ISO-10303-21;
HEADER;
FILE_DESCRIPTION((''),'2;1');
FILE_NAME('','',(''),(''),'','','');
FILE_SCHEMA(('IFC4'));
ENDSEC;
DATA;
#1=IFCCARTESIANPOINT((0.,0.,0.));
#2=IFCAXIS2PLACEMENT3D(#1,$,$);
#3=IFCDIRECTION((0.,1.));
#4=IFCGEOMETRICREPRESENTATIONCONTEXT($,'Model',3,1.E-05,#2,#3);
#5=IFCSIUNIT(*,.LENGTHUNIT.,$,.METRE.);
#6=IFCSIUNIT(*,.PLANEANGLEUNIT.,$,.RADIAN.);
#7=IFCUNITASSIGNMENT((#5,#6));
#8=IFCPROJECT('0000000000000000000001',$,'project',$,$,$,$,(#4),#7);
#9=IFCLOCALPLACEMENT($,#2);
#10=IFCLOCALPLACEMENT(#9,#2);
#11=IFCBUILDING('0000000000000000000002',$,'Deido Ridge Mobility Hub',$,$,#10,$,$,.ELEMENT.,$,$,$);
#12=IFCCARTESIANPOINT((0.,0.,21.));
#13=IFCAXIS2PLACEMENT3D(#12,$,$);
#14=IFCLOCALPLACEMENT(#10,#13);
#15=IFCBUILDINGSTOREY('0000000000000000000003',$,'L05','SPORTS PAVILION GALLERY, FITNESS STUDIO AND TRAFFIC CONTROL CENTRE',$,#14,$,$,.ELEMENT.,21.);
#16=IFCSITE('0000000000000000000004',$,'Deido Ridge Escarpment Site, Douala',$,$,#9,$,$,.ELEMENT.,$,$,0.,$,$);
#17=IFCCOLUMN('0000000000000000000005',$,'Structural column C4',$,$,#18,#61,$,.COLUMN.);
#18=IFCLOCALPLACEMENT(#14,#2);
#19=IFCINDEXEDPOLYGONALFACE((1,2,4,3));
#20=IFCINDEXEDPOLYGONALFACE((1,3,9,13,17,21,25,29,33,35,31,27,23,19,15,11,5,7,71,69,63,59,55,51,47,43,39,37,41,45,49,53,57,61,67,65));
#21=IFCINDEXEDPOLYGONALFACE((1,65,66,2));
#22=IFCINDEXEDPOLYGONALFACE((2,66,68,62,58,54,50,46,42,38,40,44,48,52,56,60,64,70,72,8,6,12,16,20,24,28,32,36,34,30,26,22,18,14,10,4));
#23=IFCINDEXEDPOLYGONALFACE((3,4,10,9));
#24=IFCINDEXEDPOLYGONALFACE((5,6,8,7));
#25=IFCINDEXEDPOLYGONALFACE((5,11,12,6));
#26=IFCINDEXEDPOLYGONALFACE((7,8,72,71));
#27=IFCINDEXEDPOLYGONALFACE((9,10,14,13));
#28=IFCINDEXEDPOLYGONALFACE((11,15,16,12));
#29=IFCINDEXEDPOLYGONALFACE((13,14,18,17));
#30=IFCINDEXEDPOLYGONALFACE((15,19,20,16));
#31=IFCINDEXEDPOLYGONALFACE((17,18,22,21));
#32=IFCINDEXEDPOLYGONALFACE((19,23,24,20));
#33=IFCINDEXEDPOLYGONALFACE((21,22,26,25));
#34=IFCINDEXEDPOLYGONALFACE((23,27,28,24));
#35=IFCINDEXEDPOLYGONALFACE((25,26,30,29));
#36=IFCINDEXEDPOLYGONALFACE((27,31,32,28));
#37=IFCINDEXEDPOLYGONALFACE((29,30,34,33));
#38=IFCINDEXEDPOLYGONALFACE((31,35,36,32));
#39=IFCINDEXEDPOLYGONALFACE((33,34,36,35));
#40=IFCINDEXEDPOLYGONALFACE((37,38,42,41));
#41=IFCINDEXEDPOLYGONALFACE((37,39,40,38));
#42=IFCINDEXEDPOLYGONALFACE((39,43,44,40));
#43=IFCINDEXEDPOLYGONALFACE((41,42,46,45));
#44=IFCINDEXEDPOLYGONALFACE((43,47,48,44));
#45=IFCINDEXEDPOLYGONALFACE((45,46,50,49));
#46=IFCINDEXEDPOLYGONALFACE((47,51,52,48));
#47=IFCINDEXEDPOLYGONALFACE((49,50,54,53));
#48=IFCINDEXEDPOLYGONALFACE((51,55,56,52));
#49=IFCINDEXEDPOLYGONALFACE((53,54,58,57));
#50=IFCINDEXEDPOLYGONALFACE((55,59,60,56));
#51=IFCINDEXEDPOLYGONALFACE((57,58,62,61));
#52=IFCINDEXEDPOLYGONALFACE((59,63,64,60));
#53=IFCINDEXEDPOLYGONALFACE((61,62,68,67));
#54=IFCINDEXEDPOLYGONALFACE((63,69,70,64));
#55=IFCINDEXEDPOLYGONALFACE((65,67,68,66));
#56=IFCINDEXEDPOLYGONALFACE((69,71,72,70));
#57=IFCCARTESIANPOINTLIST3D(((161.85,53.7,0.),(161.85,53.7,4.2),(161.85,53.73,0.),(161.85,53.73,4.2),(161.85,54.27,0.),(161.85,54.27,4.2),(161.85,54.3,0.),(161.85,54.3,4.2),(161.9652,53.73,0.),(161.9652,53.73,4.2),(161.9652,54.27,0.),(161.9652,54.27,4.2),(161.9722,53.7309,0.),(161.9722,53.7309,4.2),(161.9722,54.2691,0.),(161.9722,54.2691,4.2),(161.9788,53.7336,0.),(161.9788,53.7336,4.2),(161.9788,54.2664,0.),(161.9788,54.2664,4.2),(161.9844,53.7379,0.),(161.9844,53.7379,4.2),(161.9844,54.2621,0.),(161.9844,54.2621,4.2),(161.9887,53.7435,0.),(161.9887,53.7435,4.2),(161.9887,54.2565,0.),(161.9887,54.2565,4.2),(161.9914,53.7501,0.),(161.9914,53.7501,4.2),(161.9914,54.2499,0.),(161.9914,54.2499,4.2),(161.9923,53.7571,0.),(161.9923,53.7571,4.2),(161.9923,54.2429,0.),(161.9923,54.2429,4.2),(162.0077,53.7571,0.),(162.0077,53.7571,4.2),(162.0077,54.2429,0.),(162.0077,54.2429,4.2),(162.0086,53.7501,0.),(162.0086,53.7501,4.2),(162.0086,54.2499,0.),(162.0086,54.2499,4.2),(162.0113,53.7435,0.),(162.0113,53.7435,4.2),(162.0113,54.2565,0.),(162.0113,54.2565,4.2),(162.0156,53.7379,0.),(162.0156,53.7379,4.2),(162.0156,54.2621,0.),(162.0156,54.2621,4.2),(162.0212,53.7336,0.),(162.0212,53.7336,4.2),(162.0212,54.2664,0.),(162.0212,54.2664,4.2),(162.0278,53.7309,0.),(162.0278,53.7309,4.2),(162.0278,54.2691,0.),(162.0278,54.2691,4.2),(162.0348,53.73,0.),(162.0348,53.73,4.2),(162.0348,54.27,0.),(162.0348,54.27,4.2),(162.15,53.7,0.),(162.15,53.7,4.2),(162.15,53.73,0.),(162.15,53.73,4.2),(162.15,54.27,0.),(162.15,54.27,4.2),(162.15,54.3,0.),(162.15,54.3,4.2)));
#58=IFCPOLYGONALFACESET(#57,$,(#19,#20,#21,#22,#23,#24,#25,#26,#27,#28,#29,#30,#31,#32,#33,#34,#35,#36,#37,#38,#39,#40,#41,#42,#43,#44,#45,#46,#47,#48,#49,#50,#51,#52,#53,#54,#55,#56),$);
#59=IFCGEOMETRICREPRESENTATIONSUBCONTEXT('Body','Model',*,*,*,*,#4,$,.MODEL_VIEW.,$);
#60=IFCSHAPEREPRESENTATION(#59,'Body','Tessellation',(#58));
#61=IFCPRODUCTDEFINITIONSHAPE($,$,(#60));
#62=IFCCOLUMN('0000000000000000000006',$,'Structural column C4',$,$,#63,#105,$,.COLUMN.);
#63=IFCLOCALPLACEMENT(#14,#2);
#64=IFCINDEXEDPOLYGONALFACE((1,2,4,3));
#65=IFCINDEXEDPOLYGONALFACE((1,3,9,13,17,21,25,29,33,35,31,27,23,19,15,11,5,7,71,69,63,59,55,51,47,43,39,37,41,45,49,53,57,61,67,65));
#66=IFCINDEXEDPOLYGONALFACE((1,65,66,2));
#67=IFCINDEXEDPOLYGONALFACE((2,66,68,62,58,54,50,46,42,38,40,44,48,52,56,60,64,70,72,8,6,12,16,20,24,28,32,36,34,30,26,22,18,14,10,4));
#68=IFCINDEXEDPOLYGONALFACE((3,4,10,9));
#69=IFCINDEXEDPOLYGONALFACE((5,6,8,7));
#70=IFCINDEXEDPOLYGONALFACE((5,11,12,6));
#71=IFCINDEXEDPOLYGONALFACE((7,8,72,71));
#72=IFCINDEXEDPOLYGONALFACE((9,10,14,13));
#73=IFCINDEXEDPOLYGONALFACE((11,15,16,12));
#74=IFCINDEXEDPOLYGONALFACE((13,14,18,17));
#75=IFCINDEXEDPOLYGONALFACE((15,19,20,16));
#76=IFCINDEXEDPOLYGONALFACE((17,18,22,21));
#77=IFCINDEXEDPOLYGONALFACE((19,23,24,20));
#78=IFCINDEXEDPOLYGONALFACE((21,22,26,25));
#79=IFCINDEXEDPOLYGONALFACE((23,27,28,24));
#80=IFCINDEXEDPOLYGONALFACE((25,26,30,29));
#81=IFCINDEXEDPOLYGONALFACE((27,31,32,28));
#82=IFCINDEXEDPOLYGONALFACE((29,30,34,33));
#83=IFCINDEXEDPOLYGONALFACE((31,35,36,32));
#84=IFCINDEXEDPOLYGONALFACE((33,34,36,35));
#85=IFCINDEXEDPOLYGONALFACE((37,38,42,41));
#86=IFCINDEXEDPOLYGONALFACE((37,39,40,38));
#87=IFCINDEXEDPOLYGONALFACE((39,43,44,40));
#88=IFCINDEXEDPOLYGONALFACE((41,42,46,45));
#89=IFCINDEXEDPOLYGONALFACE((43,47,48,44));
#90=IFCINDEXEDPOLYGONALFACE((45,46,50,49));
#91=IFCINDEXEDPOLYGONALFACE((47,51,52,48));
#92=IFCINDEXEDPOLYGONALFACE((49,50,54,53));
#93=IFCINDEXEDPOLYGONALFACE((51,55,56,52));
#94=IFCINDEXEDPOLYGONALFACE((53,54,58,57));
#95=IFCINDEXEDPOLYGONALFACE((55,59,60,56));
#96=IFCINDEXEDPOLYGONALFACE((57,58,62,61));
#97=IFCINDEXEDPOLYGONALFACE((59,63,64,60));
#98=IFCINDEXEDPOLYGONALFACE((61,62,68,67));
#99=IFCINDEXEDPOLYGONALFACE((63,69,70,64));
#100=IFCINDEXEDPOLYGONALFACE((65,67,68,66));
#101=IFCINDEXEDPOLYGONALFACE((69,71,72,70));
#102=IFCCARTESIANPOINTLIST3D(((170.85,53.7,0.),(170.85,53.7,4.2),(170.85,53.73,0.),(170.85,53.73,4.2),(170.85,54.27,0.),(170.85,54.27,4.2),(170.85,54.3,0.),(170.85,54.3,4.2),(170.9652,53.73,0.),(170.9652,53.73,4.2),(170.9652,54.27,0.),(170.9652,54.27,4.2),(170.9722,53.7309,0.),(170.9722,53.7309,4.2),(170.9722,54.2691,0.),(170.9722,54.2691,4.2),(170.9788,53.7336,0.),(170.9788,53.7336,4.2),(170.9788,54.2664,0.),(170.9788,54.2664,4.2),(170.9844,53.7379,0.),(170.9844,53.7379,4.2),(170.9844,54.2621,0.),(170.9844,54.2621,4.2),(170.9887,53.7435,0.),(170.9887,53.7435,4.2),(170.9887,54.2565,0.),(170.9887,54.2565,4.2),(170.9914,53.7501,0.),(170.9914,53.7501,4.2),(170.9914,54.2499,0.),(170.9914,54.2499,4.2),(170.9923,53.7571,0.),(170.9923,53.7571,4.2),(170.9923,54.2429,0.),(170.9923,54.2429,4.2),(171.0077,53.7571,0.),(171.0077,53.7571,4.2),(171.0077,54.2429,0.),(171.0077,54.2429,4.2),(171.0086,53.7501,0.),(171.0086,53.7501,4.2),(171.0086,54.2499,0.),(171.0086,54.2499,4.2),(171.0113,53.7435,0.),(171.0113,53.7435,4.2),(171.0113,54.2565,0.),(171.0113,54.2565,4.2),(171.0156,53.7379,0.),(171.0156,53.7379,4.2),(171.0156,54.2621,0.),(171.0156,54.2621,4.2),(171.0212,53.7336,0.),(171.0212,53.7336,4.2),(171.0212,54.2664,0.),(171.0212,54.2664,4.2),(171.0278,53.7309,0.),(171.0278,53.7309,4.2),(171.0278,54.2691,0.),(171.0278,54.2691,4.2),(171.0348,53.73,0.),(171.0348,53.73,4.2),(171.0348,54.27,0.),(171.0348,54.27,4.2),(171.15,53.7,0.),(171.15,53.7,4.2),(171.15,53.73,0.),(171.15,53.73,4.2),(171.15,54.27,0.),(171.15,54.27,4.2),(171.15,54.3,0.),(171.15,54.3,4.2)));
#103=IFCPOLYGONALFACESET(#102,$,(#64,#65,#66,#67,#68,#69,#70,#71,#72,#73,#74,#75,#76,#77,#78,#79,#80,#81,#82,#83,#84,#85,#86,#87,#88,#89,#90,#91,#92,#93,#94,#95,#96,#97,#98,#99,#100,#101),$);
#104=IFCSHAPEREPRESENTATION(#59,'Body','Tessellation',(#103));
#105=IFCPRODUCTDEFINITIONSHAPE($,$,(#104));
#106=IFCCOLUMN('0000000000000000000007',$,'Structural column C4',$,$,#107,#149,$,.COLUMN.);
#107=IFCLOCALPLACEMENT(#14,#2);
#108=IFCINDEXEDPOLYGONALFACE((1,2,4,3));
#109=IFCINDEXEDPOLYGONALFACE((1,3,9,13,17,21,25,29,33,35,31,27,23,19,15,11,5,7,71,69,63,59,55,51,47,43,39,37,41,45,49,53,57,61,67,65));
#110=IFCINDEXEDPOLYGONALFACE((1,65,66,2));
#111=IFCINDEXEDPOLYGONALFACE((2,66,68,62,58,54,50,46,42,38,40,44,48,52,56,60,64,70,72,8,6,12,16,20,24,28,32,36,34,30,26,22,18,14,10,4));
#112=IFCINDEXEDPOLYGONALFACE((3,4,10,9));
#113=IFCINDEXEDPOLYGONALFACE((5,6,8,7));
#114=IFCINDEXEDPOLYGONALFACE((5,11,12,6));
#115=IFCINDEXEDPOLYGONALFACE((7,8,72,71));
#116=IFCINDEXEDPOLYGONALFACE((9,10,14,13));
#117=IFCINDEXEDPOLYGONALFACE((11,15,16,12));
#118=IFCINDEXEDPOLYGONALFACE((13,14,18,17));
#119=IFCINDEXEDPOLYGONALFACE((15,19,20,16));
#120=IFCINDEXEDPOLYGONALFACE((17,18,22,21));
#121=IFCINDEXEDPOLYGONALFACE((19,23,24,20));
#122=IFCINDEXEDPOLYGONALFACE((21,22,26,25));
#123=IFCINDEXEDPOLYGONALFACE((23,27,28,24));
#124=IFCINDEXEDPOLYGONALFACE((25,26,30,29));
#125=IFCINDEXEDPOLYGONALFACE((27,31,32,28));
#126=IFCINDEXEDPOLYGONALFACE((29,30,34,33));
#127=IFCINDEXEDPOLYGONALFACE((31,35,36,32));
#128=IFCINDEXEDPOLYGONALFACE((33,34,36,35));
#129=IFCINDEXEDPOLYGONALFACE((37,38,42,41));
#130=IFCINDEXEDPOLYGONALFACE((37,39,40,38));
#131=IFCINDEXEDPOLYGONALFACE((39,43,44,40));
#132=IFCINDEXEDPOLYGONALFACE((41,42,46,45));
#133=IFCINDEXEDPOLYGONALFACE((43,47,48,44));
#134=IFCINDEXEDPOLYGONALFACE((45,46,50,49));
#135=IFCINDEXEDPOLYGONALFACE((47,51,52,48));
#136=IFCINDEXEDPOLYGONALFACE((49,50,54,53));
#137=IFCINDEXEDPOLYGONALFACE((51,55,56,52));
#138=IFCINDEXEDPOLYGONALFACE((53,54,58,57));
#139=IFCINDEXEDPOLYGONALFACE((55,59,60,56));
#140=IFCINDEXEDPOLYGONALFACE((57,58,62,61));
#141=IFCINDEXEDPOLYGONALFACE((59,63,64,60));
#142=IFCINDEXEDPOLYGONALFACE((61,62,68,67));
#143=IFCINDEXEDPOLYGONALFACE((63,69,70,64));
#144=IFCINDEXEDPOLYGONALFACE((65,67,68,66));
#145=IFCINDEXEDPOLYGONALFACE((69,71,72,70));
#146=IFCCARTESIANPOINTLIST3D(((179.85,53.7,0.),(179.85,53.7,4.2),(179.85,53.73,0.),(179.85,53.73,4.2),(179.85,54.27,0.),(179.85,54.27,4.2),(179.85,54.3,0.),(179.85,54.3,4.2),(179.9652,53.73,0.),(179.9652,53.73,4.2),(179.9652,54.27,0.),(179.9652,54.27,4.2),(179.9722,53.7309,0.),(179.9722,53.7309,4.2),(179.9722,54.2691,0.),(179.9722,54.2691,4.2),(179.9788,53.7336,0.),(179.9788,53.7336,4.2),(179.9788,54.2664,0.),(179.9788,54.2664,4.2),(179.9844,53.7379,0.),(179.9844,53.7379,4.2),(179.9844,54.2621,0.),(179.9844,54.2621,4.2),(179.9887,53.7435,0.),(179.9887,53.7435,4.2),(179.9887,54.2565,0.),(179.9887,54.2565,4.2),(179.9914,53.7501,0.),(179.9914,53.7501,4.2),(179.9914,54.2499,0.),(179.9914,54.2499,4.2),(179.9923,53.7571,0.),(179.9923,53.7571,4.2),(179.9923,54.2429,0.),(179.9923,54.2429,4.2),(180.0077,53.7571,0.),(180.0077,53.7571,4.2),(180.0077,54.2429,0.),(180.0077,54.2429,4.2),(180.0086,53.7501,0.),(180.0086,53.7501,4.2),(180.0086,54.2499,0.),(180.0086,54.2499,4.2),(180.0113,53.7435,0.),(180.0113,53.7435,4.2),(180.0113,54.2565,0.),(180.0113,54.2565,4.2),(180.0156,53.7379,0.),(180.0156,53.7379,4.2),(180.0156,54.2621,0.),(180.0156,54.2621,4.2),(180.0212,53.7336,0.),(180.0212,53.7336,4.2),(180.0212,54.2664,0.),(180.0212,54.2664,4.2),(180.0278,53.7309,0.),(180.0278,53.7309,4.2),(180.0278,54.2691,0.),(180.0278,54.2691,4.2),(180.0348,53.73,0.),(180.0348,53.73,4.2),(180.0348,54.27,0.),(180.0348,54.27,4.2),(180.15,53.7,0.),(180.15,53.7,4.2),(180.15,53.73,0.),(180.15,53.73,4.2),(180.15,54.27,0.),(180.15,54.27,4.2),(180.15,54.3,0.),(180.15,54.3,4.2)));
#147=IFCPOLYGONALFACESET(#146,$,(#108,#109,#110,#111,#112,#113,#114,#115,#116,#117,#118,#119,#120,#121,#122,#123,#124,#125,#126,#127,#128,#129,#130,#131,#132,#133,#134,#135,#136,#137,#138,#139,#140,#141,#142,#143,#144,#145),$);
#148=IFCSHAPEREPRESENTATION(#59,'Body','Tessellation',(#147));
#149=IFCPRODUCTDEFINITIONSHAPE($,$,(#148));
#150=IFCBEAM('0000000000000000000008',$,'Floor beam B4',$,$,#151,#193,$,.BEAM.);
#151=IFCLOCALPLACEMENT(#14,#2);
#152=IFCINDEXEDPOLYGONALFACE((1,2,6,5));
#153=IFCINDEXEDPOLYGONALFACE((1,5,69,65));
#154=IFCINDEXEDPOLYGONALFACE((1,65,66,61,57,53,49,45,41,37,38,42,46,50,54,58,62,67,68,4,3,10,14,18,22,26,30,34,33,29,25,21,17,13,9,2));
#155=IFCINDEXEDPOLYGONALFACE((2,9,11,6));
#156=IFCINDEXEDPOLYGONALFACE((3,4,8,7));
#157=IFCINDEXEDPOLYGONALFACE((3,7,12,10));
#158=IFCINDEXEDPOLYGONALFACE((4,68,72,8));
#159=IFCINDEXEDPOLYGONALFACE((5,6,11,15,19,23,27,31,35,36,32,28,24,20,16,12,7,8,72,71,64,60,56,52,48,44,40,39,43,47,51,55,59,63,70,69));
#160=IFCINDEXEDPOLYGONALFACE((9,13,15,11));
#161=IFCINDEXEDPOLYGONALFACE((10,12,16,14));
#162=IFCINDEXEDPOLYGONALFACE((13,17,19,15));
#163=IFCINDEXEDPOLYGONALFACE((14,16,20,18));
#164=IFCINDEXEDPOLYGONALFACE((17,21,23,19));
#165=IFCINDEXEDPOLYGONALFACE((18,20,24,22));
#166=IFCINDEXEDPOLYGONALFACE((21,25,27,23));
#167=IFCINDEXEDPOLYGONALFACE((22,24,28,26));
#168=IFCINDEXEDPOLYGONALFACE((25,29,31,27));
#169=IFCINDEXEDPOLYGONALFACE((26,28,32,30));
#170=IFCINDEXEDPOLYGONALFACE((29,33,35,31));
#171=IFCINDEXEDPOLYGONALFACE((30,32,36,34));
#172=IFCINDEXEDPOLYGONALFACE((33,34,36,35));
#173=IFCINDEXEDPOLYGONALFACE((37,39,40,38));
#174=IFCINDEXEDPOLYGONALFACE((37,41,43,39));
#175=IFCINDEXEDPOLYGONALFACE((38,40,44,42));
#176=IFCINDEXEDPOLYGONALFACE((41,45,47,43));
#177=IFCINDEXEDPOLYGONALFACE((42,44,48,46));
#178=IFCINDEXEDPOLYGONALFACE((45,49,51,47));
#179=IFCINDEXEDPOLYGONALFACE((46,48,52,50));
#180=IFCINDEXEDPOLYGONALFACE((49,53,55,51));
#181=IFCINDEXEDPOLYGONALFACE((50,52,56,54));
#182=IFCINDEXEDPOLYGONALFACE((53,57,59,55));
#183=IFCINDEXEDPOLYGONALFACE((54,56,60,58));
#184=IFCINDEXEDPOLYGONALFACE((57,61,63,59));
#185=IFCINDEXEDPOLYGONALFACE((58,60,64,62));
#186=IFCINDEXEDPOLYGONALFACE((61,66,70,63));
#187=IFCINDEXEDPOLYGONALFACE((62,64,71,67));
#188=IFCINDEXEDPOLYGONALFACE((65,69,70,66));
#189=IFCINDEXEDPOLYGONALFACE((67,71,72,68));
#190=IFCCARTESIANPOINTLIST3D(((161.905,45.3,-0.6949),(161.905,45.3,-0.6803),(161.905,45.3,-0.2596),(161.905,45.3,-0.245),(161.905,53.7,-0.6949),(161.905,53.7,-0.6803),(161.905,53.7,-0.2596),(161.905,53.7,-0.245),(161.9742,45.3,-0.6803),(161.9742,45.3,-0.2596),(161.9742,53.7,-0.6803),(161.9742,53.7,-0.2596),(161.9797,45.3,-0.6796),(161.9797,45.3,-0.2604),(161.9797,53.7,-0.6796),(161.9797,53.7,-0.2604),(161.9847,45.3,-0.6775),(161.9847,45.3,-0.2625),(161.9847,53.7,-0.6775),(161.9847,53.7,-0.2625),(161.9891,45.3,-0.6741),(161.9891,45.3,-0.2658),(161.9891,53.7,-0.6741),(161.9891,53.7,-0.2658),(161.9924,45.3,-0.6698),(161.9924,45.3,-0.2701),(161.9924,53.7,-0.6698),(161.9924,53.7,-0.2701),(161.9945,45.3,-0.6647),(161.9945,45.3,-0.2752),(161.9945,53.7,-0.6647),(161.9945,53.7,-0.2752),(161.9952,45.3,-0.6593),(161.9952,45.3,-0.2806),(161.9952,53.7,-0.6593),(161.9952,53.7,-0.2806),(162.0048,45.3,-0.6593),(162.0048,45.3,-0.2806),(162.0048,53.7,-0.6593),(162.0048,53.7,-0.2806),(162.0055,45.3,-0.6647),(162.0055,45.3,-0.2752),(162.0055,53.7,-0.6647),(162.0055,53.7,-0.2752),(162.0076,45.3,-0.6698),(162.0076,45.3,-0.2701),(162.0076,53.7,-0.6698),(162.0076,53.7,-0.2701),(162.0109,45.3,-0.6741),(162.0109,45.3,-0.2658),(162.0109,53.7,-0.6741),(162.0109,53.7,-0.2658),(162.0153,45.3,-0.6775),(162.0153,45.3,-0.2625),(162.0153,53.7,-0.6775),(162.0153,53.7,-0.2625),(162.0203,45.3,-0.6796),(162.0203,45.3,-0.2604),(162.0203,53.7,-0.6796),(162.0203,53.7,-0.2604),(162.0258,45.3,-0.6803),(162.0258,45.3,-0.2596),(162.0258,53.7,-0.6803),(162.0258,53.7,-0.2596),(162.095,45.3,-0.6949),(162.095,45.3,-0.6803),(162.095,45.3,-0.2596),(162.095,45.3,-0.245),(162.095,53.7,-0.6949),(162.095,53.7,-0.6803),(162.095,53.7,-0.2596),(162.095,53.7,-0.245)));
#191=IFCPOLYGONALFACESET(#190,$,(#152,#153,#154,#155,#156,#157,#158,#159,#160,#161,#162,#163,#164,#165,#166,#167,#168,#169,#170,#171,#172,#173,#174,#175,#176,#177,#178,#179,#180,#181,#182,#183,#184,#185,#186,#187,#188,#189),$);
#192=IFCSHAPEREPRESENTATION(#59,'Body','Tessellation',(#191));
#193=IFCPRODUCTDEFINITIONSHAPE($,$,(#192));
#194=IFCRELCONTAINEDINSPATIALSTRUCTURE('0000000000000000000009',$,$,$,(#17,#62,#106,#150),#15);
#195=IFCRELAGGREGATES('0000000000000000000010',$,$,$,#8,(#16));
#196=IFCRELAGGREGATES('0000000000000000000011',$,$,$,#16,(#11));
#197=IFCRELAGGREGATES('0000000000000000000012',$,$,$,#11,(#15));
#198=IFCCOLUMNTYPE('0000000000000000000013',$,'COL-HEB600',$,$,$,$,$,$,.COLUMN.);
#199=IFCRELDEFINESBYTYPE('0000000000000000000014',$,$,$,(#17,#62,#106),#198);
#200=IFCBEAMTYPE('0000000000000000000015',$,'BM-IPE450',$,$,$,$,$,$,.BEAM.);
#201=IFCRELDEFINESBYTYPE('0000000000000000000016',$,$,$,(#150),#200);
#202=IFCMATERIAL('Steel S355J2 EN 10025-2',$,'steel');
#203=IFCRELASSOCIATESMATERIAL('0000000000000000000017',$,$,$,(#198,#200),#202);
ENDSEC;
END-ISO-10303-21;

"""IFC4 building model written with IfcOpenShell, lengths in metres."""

from ifc_helpers import new_model, si_unit, direction, frame, origin, origin_2d, place, context, subcontext, project, spatial, i_section, extrude, material, material_profile, profile_set, type_object, element, save


model = new_model("IFC4")

# Units and contexts
model_context = context("Model", 3, precision=1e-05, world=origin(), true_north=direction((0.0, 1.0)))
body_context = subcontext(model_context, "Body", "Model", "MODEL_VIEW")
ifc_project = project(units=[si_unit("LENGTHUNIT", "METRE"), si_unit("PLANEANGLEUNIT", "RADIAN")], contexts=[model_context])

# Site, building, storey
site_placement = place(None, origin())
site = spatial("IfcSite", under=ifc_project, at=site_placement, Name="Deido Ridge Escarpment Site, Douala", CompositionType="ELEMENT", RefElevation=0.0)
building_placement = place(site_placement, origin())
building = spatial("IfcBuilding", under=site, at=building_placement, Name="Deido Ridge Mobility Hub", CompositionType="ELEMENT")
storey_placement = place(building_placement, frame((0.0, 0.0, 21.0)))
storey = spatial("IfcBuildingStorey", under=building, at=storey_placement, Name="L05", Description="SPORTS PAVILION GALLERY, FITNESS STUDIO AND TRAFFIC CONTROL CENTRE", CompositionType="ELEMENT", Elevation=21.0)

# Columns
ifc_material_1 = material(Name="Steel S355J2 EN 10025-2", Category="steel")
ifc_material_profile_1 = material_profile(ifc_material_1, i_section(OverallWidth=0.3, OverallDepth=0.6001, WebThickness=0.0154, FlangeThickness=0.03, FilletRadius=0.0271, at=origin_2d()), Name="HEB 600")
ifc_profile_set_1 = profile_set([ifc_material_profile_1], Name="Steel S355J2 EN 10025-2")
column_type = type_object("IfcColumnType", Name="COL-HEB600", PredefinedType="COLUMN", material=ifc_profile_set_1)
for number, where, z_axis, x_axis, name in (
    (1, (162.0, 54.0, 0.0), (0.0, 0.0, 1.0), (1.0, 0.0, 0.0), "Structural column C4"),
    (2, (171.0, 54.0, 0.0), (0.0, 0.0, 1.0), (1.0, 0.0, 0.0), "Structural column C4"),
    (3, (180.0, 54.0, 0.0), (0.0, 0.0, 1.0), (1.0, 0.0, 0.0), "Structural column C4"),
):
    element("IfcColumn", number, at=place(storey_placement, frame(where, z_axis=z_axis, x_axis=x_axis)), inside=storey, type_object=column_type, Name=name, PredefinedType="COLUMN", context=body_context, shape_type="SweptSolid", body=[
        extrude(i_section(OverallWidth=0.3, OverallDepth=0.6001, WebThickness=0.0154, FlangeThickness=0.03, FilletRadius=0.0271, at=origin_2d()), origin(), (0.0, 0.0, 1.0), 4.2),
    ])

# Beam
ifc_material_profile_2 = material_profile(ifc_material_1, i_section(OverallWidth=0.1899, OverallDepth=0.45, WebThickness=0.0095, FlangeThickness=0.0146, FilletRadius=0.021, at=origin_2d()), Name="IPE 450")
ifc_profile_set_2 = profile_set([ifc_material_profile_2], Name="Steel S355J2 EN 10025-2")
beam_type_1 = type_object("IfcBeamType", Name="BM-IPE450", PredefinedType="BEAM", material=ifc_profile_set_2)
beam_1_placement = place(storey_placement, frame((162.0, 45.3, -0.47), z_axis=(0.0, 1.0, 0.0), x_axis=(-1.0, 0.0, 0.0)))
element("IfcBeam", 4, at=beam_1_placement, inside=storey, type_object=beam_type_1, Name="Floor beam B4", PredefinedType="BEAM", context=body_context, shape_type="SweptSolid", body=[
    extrude(i_section(OverallWidth=0.1899, OverallDepth=0.45, WebThickness=0.0095, FlangeThickness=0.0146, FilletRadius=0.021, at=origin_2d()), origin(), (0.0, 0.0, 1.0), 8.3999),
])

save(model, "model.ifc")
